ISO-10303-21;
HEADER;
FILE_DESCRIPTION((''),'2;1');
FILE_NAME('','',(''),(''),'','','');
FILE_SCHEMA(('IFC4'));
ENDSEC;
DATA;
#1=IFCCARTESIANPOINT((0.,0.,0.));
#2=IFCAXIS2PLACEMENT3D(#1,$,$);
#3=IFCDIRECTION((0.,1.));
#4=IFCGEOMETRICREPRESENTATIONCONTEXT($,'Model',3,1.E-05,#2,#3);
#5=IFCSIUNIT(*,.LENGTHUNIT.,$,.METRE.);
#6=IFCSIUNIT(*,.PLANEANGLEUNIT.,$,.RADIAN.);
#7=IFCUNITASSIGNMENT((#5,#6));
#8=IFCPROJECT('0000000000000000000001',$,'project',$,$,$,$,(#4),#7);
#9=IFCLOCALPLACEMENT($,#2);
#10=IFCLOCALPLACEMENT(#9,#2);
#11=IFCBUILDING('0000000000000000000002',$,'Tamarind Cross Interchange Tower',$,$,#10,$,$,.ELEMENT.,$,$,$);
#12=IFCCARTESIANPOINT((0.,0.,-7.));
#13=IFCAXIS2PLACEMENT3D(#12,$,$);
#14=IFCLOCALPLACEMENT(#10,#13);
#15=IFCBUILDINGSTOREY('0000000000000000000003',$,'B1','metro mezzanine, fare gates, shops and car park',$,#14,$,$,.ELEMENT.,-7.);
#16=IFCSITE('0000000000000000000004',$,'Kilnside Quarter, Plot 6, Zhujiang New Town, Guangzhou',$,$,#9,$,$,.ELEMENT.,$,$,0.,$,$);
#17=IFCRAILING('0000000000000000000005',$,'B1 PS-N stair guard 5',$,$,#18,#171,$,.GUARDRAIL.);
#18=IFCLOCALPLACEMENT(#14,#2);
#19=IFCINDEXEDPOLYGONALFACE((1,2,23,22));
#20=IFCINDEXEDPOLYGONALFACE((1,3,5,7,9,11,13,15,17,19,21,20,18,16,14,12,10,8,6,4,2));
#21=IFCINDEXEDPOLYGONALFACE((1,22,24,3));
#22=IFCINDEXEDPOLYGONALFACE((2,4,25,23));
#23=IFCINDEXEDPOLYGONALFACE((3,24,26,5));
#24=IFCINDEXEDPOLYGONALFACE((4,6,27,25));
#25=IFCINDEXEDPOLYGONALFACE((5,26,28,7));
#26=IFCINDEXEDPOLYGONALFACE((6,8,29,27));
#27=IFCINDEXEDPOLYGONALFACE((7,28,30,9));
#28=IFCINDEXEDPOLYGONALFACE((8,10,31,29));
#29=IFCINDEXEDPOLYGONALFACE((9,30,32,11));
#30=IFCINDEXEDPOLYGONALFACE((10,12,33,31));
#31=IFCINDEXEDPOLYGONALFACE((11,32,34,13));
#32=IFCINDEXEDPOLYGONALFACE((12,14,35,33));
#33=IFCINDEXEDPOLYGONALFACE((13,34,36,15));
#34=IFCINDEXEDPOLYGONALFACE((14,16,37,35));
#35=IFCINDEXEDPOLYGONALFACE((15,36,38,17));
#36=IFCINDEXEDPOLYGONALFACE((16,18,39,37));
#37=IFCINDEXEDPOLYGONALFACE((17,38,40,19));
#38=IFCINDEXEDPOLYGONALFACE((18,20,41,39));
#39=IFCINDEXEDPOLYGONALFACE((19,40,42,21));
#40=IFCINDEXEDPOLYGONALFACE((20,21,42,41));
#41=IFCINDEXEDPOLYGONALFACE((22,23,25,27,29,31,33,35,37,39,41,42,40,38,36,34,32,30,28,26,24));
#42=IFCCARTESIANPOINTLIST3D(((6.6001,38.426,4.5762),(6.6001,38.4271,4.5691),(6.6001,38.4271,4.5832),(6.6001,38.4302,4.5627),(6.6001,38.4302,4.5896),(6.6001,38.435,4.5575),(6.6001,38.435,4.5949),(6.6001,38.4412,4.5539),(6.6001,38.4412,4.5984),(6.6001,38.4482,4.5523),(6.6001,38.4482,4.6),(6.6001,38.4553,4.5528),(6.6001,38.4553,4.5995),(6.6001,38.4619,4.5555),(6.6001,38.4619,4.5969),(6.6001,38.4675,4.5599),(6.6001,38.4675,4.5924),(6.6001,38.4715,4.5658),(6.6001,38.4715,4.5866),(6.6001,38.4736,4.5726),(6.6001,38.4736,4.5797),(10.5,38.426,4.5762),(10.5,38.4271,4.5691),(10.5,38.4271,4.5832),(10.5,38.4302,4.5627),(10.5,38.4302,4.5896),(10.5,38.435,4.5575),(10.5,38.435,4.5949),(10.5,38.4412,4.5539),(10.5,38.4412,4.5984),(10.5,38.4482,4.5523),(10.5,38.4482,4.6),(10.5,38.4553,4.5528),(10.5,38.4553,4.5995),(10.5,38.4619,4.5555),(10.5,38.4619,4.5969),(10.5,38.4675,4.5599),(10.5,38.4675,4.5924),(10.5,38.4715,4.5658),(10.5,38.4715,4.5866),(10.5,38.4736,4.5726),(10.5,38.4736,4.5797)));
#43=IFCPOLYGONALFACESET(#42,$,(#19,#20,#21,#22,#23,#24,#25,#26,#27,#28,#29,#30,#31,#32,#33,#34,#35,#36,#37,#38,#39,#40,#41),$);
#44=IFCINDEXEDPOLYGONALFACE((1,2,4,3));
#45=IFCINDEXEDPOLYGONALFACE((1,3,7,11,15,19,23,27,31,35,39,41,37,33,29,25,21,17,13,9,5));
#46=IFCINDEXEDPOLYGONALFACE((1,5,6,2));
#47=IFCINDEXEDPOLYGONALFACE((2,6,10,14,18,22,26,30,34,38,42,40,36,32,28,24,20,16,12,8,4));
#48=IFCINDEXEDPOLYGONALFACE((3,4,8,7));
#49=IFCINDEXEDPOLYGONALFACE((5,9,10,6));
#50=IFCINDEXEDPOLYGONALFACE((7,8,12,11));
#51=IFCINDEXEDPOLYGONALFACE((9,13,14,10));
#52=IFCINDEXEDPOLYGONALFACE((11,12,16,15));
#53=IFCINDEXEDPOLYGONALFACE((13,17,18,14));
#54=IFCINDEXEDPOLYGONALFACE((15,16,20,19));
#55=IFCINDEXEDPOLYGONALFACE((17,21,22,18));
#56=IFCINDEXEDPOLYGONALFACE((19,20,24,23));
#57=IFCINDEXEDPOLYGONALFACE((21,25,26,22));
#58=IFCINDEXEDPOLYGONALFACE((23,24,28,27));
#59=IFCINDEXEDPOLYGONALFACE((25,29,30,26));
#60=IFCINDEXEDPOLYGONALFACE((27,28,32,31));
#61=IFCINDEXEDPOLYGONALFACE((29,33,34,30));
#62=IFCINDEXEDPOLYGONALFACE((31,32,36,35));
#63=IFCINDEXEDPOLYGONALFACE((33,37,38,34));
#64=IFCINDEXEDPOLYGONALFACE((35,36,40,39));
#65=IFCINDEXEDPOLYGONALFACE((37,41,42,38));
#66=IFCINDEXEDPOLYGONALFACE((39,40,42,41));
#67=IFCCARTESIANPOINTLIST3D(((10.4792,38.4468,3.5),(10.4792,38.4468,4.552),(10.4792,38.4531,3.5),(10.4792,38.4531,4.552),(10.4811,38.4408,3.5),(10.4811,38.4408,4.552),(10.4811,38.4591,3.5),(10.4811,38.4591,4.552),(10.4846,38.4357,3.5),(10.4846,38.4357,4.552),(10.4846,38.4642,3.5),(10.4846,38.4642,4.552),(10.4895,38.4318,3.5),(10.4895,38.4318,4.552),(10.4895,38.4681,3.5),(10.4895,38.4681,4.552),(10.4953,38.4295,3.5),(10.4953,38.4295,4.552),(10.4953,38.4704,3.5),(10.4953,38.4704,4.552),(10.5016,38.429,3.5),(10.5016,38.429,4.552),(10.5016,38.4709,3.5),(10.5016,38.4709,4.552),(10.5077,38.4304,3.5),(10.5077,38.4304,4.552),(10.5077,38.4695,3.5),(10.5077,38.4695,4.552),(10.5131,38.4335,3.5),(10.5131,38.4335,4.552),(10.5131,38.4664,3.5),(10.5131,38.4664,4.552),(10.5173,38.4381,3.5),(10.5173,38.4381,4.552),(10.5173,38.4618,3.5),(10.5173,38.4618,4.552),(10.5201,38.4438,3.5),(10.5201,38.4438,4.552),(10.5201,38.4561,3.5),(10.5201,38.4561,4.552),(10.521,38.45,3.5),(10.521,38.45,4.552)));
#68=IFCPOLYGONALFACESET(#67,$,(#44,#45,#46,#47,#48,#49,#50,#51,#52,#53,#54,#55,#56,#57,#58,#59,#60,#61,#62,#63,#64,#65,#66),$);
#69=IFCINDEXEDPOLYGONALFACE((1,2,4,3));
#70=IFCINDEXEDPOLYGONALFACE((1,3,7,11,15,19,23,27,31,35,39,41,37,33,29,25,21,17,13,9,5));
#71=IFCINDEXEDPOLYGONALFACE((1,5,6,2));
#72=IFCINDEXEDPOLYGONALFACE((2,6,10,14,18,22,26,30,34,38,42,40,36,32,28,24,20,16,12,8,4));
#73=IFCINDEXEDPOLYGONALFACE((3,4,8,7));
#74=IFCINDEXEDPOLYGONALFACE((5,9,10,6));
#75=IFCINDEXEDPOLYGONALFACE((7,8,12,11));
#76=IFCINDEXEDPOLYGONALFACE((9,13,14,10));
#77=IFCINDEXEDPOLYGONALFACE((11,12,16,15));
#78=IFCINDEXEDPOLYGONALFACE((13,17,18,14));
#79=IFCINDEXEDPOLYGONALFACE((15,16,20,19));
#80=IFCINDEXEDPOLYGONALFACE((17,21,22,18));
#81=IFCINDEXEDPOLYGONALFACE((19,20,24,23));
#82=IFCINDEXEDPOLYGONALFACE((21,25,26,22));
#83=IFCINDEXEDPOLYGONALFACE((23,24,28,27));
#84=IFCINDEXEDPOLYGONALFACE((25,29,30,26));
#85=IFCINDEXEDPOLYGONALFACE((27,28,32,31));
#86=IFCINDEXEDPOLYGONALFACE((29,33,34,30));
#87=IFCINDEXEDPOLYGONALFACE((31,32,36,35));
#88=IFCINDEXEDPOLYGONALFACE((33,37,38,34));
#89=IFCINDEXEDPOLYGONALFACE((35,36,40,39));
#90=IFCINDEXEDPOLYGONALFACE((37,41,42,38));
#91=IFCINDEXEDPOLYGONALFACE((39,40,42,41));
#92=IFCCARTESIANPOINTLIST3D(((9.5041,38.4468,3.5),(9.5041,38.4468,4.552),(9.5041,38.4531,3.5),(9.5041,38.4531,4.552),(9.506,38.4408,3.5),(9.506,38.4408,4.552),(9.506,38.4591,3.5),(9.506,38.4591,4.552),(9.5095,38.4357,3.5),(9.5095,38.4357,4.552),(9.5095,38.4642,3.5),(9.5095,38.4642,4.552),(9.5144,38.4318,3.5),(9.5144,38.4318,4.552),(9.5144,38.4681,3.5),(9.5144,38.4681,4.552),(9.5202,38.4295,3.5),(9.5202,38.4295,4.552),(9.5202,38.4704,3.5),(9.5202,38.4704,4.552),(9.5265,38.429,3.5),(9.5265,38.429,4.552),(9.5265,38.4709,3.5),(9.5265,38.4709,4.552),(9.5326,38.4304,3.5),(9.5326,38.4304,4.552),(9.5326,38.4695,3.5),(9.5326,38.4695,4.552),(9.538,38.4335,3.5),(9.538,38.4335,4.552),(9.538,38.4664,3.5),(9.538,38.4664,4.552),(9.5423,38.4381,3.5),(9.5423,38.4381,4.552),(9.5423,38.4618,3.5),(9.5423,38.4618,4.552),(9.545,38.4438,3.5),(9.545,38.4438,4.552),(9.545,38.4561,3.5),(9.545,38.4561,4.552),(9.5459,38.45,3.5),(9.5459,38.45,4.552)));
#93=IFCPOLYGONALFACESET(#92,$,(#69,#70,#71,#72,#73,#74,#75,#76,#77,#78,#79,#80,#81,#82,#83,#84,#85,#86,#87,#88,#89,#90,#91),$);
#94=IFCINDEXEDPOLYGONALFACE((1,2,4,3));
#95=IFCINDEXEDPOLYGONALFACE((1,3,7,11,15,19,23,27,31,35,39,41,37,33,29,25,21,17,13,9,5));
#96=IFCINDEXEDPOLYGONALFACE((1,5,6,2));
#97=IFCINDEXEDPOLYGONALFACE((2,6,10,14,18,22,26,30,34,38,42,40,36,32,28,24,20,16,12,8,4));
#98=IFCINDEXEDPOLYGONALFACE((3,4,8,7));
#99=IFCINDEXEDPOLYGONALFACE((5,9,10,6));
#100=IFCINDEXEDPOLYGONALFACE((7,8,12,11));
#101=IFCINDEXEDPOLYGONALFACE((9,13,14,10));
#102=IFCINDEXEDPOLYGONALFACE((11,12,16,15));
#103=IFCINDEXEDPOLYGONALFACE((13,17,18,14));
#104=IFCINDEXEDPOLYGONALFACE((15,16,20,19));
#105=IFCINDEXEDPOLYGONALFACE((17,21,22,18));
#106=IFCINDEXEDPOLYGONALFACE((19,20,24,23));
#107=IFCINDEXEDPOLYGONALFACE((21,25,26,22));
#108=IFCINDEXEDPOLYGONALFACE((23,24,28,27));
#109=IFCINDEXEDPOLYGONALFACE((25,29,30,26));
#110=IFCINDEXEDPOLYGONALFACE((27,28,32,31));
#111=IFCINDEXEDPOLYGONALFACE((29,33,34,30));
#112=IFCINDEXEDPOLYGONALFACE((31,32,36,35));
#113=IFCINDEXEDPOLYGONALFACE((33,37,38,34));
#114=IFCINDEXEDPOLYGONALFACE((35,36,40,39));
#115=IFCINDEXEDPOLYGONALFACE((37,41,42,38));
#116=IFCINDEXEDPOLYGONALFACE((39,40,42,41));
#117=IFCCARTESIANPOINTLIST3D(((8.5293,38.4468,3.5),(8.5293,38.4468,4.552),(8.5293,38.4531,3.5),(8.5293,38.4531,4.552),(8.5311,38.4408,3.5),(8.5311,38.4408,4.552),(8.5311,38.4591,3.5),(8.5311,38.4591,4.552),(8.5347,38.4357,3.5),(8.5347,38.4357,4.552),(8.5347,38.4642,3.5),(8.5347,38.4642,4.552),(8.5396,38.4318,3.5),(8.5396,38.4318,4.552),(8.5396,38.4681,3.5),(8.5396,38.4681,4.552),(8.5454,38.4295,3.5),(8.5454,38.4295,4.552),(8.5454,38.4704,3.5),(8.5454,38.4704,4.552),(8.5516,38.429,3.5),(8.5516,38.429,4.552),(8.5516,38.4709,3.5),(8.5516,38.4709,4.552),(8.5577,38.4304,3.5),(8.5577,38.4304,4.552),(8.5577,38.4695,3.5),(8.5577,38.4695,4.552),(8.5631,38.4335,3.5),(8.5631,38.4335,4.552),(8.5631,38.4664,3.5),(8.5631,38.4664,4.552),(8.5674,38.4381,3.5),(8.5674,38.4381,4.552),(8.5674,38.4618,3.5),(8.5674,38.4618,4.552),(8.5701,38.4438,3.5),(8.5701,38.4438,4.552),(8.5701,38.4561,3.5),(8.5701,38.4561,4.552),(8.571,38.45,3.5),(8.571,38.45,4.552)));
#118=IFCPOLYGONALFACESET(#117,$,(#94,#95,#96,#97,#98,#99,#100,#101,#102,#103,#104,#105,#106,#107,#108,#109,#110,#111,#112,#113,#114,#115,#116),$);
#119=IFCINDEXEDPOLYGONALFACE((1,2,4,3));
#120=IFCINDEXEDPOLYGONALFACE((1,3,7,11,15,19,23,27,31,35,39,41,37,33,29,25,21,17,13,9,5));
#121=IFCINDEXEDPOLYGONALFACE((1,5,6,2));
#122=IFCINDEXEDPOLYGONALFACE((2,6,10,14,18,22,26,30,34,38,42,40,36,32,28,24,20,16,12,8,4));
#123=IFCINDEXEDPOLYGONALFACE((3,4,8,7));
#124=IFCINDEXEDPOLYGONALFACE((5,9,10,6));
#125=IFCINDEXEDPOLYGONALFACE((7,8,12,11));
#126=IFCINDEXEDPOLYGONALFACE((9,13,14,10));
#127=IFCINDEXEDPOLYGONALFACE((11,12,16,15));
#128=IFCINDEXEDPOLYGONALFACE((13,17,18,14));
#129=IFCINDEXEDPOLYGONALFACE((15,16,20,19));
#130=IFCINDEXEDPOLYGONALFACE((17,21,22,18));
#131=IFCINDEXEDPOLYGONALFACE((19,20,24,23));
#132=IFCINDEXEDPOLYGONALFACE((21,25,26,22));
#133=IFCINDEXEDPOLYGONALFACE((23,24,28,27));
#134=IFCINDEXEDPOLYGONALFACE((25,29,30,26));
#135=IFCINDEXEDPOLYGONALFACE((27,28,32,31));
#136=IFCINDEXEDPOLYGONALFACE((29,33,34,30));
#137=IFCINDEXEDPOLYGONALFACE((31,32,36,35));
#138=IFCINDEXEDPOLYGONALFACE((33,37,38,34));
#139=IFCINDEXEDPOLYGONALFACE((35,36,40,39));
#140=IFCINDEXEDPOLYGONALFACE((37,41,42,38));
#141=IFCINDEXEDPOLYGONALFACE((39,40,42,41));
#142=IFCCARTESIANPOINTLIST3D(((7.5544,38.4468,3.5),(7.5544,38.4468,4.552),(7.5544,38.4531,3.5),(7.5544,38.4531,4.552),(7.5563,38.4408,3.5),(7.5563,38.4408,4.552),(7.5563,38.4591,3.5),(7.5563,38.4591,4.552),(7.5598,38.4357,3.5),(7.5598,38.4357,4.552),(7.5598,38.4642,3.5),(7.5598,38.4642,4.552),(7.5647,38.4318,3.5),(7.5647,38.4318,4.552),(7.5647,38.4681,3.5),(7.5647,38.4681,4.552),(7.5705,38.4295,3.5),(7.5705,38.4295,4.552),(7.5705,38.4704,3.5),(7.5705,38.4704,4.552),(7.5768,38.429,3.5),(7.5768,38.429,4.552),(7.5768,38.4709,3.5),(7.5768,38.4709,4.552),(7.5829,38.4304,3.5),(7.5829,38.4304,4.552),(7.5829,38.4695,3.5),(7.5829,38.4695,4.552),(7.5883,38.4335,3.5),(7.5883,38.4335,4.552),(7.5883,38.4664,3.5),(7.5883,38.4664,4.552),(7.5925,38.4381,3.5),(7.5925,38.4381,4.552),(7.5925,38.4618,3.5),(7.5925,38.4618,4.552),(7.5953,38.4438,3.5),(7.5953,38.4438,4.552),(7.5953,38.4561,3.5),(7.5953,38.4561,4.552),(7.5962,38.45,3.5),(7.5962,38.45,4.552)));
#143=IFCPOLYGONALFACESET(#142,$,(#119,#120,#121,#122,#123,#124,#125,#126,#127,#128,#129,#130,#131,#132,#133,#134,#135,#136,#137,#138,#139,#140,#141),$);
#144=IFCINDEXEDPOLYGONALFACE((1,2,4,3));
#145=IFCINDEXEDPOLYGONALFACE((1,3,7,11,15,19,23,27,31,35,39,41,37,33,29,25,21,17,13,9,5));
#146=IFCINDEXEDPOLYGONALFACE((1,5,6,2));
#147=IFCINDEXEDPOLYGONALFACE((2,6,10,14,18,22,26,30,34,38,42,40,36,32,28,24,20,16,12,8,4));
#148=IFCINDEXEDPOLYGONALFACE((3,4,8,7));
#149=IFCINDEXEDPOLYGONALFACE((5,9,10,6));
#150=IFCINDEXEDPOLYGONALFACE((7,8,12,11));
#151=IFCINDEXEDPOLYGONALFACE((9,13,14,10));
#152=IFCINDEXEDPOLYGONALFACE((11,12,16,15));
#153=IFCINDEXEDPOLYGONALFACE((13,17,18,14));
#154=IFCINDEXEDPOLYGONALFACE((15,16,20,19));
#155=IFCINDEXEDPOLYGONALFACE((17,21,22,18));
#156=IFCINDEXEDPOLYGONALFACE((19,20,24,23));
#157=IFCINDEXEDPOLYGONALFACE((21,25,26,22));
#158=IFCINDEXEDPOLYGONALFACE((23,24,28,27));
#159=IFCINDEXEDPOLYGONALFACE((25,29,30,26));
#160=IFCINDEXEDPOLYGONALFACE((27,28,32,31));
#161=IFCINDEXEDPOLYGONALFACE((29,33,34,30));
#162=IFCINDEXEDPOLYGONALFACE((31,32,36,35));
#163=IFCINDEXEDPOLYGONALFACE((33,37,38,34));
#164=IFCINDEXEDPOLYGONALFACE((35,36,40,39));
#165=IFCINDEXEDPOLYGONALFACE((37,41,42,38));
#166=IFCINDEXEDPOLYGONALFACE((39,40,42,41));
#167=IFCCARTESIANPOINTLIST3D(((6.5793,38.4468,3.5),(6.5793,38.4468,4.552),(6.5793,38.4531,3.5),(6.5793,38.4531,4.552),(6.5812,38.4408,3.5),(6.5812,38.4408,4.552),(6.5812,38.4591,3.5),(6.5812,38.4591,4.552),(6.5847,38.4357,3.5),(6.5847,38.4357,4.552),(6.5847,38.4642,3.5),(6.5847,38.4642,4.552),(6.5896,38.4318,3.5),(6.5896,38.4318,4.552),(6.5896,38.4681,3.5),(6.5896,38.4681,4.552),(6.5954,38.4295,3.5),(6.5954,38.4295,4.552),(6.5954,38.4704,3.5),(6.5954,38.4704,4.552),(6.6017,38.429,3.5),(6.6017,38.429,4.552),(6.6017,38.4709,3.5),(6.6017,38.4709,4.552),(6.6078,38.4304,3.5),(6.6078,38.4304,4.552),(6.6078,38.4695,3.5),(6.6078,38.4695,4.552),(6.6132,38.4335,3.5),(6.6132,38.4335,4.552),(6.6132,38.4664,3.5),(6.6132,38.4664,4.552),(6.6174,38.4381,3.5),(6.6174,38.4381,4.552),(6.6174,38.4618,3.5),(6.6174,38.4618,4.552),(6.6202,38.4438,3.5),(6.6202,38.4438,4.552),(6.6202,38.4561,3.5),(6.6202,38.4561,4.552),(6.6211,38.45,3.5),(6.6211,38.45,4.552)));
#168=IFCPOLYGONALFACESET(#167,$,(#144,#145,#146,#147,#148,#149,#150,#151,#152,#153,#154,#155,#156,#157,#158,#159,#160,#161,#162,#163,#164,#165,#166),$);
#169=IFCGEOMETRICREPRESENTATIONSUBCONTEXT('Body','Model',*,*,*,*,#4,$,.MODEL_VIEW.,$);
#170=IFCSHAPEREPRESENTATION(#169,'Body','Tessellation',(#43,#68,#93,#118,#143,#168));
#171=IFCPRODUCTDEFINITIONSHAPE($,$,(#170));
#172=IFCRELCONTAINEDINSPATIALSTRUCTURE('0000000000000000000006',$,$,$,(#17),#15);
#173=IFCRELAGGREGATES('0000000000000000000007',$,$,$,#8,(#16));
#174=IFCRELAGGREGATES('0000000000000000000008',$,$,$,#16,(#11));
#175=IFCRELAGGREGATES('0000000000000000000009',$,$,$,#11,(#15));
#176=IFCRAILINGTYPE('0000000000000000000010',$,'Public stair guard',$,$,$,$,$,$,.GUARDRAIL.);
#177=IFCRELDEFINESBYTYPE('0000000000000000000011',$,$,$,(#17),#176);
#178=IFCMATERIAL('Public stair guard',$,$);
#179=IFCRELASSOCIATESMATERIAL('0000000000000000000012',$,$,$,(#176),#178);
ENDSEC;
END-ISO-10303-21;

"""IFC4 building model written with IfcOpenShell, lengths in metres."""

from ifc_helpers import new_model, si_unit, direction, frame, origin, origin_2d, place, context, subcontext, project, spatial, circle, extrude, material, type_object, element, save


model = new_model("IFC4")

# Units and contexts
model_context = context("Model", 3, precision=1e-05, world=origin(), true_north=direction((0.0, 1.0)))
body_context = subcontext(model_context, "Body", "Model", "MODEL_VIEW")
ifc_project = project(units=[si_unit("LENGTHUNIT", "METRE"), si_unit("PLANEANGLEUNIT", "RADIAN")], contexts=[model_context])

# Site, building, storey
site_placement = place(None, origin())
site = spatial("IfcSite", under=ifc_project, at=site_placement, Name="Kilnside Quarter, Plot 6, Zhujiang New Town, Guangzhou", CompositionType="ELEMENT", RefElevation=0.0)
building_placement = place(site_placement, origin())
building = spatial("IfcBuilding", under=site, at=building_placement, Name="Tamarind Cross Interchange Tower", CompositionType="ELEMENT")
storey_placement = place(building_placement, frame((0.0, 0.0, -7.0)))
storey = spatial("IfcBuildingStorey", under=building, at=storey_placement, Name="B1", Description="metro mezzanine, fare gates, shops and car park", CompositionType="ELEMENT", Elevation=-7.0)

# Railing
ifc_material_1 = material(Name="Public stair guard")
railing_type_1 = type_object("IfcRailingType", Name="Public stair guard", PredefinedType="GUARDRAIL", material=ifc_material_1)
railing_1_placement = place(storey_placement, frame((10.5, 38.45, 3.5)))
element("IfcRailing", 1, at=railing_1_placement, inside=storey, type_object=railing_type_1, Name="B1 PS-N stair guard 5", PredefinedType="GUARDRAIL", context=body_context, shape_type="SweptSolid", body=[
    extrude(circle(Radius=0.0239, at=origin_2d()), frame((0.0, 0.0, 1.0762), z_axis=(-1.0, 0.0, 0.0), x_axis=(0.0, -1.0, 0.0)), (0.0, 0.0, 1.0), 3.8999),
    extrude(circle(Radius=0.021, at=origin_2d()), origin(), (0.0, 0.0, 1.0), 1.052),
    extrude(circle(Radius=0.021, at=origin_2d()), frame((-0.9751, 0.0, 0.0)), (0.0, 0.0, 1.0), 1.052),
    extrude(circle(Radius=0.021, at=origin_2d()), frame((-1.95, 0.0, 0.0)), (0.0, 0.0, 1.0), 1.052),
    extrude(circle(Radius=0.021, at=origin_2d()), frame((-2.9248, 0.0, 0.0)), (0.0, 0.0, 1.0), 1.052),
    extrude(circle(Radius=0.021, at=origin_2d()), frame((-3.8999, 0.0, 0.0)), (0.0, 0.0, 1.0), 1.052),
])

save(model, "model.ifc")
